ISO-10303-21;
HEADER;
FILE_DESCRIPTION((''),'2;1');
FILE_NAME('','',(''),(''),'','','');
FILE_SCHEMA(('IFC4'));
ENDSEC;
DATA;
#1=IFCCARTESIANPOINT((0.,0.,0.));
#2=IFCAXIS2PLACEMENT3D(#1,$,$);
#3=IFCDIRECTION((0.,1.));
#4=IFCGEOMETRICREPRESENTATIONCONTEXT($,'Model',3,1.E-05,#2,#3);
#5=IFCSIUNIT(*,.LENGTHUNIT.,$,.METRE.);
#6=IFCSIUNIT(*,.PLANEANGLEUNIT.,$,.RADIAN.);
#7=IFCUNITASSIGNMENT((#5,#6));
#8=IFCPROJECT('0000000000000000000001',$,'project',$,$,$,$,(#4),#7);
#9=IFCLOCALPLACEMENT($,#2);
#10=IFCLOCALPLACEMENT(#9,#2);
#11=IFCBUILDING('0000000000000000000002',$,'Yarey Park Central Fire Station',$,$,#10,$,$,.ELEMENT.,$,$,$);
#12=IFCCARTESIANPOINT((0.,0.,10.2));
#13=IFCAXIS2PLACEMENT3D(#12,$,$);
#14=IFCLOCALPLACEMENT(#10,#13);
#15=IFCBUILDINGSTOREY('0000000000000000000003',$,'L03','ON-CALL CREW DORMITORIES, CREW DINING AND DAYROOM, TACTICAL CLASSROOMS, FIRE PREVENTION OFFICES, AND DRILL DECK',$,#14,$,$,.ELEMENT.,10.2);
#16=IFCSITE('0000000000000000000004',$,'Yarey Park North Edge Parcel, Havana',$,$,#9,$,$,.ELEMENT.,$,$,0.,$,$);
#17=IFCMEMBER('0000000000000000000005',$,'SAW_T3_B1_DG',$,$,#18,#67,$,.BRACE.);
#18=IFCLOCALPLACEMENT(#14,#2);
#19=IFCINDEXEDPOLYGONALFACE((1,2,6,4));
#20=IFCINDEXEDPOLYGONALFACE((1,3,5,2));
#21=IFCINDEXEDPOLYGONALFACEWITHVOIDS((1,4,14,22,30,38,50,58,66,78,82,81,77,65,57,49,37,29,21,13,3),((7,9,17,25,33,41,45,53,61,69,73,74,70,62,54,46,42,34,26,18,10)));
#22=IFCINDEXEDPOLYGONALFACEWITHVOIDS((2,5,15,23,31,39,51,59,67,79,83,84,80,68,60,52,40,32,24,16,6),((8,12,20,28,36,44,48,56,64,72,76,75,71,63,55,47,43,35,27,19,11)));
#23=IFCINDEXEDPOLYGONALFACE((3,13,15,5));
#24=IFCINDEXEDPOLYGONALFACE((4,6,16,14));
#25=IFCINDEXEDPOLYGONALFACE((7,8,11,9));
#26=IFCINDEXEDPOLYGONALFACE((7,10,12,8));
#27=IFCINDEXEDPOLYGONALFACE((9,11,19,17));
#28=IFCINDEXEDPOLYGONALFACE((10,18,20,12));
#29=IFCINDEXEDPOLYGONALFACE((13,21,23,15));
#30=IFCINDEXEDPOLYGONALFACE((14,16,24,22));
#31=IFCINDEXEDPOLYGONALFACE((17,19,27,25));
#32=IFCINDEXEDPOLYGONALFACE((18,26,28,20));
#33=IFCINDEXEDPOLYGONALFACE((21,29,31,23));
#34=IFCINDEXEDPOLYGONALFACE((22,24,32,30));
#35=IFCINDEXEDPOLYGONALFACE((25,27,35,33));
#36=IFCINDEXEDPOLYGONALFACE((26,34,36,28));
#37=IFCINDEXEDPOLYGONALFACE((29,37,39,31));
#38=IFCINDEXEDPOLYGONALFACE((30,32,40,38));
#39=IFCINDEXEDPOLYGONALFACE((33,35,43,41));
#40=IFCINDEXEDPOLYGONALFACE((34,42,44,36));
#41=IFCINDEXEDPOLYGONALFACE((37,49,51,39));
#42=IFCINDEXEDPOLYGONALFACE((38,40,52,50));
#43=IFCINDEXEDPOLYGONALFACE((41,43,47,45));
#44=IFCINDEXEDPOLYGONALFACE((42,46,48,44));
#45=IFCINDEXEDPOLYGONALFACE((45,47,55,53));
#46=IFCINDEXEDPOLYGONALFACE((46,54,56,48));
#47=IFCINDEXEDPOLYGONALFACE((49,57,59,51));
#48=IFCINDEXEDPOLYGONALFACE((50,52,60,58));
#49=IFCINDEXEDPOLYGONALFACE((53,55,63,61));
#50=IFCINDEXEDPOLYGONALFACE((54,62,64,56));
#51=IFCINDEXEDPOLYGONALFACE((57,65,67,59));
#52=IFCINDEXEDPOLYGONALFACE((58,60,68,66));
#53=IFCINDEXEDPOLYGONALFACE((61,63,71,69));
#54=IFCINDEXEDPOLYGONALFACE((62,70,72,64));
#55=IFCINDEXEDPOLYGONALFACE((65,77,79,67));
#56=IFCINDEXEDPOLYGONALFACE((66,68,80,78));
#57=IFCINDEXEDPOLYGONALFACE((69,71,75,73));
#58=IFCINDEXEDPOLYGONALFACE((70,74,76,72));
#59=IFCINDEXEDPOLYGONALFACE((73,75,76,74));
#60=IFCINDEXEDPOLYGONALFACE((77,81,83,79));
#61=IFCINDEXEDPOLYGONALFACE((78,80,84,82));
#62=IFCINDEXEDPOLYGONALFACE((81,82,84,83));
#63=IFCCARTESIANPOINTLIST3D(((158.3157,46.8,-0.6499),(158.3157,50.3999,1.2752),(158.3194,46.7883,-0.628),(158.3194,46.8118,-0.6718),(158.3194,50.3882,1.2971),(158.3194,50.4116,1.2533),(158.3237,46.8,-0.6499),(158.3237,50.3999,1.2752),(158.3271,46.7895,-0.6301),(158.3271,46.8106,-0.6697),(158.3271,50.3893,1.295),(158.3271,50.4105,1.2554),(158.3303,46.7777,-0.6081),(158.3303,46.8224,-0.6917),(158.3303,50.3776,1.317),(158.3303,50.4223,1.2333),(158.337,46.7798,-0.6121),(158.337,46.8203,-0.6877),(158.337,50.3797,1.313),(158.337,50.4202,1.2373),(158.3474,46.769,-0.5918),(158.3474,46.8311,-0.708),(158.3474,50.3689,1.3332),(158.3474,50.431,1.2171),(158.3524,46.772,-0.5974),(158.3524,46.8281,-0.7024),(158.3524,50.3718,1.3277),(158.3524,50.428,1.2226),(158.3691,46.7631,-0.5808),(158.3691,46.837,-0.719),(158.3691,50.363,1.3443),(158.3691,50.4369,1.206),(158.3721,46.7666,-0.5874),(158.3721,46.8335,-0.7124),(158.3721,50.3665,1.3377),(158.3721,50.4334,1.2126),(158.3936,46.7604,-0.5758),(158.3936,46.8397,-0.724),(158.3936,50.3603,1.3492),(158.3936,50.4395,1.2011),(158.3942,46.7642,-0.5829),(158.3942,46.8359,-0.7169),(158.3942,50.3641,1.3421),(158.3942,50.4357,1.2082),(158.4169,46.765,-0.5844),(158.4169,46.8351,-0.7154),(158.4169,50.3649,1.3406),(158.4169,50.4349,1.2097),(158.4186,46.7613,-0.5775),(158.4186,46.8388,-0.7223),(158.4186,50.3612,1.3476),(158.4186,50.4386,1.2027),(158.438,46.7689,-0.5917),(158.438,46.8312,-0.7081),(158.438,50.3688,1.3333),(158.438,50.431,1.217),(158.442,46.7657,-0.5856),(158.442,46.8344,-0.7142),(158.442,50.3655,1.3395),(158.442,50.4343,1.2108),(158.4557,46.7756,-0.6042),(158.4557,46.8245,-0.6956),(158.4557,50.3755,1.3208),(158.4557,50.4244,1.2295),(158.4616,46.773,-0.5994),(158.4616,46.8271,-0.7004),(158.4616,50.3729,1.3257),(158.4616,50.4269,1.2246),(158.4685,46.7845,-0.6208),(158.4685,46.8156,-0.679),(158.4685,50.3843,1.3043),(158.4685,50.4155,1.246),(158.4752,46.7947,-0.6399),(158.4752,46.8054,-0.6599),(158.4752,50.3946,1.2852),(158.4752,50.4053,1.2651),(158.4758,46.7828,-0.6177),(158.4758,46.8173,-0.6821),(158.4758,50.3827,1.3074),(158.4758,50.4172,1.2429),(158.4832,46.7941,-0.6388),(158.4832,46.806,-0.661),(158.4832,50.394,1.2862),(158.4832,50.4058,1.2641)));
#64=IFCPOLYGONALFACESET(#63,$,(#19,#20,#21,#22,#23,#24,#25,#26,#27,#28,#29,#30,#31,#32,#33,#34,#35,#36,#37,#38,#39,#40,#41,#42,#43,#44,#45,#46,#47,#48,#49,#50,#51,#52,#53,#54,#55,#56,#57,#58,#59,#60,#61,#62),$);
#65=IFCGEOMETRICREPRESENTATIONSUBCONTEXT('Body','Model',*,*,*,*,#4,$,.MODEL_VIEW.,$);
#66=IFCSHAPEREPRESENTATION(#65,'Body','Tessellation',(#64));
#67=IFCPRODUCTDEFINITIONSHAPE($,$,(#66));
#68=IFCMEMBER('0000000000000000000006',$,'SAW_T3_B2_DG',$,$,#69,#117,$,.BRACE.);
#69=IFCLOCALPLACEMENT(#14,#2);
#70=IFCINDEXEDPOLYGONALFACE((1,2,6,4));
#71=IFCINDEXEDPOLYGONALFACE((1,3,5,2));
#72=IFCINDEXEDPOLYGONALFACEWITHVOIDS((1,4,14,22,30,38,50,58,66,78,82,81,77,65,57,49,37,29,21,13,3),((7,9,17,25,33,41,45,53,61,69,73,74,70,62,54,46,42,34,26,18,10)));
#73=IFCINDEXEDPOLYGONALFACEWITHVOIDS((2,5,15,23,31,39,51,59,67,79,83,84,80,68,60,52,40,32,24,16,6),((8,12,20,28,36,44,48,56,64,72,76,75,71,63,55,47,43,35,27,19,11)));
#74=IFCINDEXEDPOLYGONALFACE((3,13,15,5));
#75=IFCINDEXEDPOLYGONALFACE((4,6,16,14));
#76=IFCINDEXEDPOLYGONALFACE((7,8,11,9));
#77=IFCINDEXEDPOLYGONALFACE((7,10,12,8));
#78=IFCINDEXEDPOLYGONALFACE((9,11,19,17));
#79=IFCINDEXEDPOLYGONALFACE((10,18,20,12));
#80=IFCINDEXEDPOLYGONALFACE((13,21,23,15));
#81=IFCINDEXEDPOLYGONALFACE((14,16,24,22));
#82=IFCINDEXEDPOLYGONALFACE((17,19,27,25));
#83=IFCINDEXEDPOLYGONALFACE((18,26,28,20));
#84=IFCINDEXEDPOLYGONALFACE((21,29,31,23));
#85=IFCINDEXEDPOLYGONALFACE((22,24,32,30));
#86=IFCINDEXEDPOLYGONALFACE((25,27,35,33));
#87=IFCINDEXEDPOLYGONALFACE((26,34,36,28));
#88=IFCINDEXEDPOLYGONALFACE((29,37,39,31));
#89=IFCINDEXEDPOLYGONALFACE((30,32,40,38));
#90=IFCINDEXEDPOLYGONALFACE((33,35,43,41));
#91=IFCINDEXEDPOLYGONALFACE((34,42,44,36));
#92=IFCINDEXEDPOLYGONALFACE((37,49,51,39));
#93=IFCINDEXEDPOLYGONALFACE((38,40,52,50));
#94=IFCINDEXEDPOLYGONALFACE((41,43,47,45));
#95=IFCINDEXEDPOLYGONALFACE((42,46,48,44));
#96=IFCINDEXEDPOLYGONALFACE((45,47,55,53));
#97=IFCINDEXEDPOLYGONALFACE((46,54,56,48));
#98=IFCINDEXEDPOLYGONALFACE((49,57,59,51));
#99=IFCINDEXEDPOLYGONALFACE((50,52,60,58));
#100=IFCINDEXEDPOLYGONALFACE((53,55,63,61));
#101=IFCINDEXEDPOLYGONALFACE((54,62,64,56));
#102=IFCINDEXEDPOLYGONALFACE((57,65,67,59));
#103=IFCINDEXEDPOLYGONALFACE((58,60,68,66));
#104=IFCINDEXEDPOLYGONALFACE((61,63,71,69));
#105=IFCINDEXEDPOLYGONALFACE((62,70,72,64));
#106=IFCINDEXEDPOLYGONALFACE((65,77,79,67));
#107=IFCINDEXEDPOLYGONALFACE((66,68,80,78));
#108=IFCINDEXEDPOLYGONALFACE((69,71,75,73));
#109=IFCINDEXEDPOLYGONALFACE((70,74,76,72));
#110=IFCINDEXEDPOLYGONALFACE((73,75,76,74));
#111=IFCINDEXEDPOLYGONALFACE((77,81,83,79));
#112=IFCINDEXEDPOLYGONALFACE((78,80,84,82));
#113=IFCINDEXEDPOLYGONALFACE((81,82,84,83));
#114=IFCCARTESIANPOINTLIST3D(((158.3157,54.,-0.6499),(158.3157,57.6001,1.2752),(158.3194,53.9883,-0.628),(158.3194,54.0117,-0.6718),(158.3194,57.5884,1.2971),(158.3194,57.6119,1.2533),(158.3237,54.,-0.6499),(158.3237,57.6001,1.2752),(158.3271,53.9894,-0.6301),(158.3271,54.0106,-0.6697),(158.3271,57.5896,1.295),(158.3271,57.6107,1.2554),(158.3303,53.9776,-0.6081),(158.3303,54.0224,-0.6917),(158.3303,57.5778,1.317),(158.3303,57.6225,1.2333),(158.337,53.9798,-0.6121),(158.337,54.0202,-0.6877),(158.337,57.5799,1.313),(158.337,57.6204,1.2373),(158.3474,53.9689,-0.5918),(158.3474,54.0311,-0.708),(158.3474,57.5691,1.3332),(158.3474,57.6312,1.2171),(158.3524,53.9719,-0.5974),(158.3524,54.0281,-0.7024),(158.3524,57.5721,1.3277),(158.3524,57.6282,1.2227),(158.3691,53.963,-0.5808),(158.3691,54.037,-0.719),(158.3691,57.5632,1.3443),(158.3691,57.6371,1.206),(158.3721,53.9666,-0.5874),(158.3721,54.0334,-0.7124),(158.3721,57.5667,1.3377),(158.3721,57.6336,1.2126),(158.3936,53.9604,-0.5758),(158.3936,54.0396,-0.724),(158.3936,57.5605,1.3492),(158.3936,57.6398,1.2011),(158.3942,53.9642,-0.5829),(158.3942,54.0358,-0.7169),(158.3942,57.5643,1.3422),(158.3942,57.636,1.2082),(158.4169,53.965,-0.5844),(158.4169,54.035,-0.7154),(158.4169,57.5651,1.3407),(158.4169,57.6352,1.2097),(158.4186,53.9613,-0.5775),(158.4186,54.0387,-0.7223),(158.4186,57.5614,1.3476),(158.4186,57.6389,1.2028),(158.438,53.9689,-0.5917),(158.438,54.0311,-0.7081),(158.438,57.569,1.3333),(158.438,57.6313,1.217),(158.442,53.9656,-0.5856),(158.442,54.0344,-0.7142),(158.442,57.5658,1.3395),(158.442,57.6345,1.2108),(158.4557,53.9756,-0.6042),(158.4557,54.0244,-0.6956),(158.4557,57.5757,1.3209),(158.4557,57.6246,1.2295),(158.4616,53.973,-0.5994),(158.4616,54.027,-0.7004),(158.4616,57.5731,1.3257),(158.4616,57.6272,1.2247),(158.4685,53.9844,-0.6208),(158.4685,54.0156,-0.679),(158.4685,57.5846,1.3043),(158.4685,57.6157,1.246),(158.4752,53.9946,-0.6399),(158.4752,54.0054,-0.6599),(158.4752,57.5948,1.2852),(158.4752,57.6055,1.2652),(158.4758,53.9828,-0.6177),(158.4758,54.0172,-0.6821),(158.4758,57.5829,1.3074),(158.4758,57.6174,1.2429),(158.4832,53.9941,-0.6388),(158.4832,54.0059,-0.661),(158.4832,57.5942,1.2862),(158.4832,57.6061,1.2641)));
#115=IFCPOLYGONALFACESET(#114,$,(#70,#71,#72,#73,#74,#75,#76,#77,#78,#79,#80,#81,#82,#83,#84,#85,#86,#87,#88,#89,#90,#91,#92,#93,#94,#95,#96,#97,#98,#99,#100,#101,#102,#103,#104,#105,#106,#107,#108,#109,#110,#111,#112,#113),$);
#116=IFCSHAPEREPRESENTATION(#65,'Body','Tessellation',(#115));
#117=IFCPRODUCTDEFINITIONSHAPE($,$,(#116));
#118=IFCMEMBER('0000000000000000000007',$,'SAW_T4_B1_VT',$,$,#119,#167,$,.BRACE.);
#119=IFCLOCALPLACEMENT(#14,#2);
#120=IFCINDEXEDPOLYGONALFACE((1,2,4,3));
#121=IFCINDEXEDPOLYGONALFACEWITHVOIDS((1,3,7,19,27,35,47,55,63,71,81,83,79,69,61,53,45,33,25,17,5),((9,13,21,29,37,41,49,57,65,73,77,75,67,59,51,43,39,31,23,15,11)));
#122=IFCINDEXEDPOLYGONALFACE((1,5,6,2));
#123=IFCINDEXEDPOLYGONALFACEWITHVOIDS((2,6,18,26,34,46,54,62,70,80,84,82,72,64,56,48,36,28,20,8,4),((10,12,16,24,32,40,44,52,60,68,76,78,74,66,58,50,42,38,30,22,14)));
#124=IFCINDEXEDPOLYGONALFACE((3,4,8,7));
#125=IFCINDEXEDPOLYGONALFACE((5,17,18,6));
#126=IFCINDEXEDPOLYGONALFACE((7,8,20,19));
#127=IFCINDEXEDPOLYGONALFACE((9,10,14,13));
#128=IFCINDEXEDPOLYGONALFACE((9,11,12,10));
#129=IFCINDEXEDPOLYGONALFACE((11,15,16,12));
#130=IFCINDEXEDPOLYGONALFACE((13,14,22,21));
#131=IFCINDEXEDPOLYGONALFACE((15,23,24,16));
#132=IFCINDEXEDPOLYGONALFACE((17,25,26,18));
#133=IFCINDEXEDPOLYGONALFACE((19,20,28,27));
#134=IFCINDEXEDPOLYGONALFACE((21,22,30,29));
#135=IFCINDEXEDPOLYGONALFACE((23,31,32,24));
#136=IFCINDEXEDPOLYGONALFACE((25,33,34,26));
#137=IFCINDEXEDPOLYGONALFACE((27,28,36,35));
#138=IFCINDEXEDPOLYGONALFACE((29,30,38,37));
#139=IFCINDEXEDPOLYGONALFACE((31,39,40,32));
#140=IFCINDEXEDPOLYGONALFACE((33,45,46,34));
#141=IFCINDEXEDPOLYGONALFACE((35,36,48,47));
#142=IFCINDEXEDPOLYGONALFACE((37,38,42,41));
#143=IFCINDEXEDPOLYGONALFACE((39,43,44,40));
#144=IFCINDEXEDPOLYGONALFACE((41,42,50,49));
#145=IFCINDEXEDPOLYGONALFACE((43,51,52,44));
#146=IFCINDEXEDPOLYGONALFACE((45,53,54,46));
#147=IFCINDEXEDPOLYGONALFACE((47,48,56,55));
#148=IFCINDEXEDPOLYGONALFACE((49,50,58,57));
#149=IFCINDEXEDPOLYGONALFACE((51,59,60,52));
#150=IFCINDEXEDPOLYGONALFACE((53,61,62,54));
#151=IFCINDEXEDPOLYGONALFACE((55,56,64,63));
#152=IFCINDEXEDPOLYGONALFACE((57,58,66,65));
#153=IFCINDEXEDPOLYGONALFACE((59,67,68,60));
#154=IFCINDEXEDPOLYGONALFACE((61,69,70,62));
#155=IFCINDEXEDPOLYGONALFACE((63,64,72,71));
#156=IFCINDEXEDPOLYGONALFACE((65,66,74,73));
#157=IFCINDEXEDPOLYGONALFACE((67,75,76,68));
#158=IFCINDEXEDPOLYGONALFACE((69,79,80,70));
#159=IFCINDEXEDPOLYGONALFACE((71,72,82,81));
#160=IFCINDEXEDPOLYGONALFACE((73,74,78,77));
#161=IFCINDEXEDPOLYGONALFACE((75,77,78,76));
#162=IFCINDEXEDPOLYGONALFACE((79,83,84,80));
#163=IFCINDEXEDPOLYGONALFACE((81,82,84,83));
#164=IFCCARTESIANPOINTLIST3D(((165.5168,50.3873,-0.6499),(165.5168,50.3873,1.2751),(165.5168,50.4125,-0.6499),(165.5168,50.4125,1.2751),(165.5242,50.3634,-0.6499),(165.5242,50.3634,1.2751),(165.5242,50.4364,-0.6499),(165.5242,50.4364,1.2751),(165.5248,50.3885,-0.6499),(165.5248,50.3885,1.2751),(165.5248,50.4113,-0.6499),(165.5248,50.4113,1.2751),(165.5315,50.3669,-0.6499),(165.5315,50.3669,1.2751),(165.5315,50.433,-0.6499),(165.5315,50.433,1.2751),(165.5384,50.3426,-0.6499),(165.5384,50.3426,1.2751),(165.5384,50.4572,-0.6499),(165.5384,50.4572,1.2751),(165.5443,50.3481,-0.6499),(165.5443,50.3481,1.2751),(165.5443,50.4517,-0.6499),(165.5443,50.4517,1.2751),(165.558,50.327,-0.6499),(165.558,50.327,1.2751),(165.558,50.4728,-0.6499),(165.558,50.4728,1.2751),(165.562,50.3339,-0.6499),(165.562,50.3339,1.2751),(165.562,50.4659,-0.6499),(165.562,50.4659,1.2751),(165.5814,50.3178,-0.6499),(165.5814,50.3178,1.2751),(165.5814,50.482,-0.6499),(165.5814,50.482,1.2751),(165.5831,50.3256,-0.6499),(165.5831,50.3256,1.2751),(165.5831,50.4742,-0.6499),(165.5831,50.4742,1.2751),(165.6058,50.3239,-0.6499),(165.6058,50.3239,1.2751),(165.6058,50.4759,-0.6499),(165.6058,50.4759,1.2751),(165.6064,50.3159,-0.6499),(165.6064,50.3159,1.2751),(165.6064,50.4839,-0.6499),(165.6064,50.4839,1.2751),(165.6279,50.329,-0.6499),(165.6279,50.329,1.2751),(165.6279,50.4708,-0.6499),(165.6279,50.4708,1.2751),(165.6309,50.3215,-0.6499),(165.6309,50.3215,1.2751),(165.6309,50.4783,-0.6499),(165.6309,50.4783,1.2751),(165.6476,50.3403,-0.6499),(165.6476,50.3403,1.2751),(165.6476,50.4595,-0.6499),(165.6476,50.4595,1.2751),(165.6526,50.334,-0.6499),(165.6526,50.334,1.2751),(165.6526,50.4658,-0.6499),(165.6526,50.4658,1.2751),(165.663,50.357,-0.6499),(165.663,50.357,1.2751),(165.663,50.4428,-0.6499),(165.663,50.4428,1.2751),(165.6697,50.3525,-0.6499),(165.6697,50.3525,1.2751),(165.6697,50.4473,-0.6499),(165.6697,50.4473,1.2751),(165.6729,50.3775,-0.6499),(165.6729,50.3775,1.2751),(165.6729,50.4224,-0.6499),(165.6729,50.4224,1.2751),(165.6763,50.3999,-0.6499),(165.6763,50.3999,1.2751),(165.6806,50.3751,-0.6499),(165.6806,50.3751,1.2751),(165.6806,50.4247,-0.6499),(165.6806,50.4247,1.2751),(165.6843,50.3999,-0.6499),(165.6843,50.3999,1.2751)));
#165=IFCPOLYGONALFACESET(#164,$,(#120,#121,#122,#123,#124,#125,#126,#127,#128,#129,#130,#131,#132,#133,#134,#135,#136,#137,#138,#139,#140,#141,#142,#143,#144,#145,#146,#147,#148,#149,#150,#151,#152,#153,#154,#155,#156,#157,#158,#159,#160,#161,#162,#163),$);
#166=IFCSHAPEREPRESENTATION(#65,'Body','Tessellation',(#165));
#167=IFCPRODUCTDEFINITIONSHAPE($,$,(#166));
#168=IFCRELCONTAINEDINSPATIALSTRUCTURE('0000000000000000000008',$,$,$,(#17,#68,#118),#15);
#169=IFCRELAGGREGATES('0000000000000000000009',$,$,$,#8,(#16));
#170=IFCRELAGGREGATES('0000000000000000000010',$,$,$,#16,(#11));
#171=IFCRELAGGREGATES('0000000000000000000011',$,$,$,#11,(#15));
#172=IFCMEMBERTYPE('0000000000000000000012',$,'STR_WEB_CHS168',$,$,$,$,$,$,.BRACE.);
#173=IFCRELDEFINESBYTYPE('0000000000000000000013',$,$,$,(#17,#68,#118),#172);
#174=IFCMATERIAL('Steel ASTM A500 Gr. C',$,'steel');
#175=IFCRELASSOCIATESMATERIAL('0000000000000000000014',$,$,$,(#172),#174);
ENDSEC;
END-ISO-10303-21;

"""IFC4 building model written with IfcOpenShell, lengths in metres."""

from ifc_helpers import new_model, si_unit, direction, frame, origin, origin_2d, place, context, subcontext, project, spatial, hollow_circle, extrude, material, material_profile, profile_set, type_object, element, save


model = new_model("IFC4")

# Units and contexts
model_context = context("Model", 3, precision=1e-05, world=origin(), true_north=direction((0.0, 1.0)))
body_context = subcontext(model_context, "Body", "Model", "MODEL_VIEW")
ifc_project = project(units=[si_unit("LENGTHUNIT", "METRE"), si_unit("PLANEANGLEUNIT", "RADIAN")], contexts=[model_context])

# Site, building, storey
site_placement = place(None, origin())
site = spatial("IfcSite", under=ifc_project, at=site_placement, Name="Yarey Park North Edge Parcel, Havana", CompositionType="ELEMENT", RefElevation=0.0)
building_placement = place(site_placement, origin())
building = spatial("IfcBuilding", under=site, at=building_placement, Name="Yarey Park Central Fire Station", CompositionType="ELEMENT")
storey_placement = place(building_placement, frame((0.0, 0.0, 10.2)))
storey = spatial("IfcBuildingStorey", under=building, at=storey_placement, Name="L03", Description="ON-CALL CREW DORMITORIES, CREW DINING AND DAYROOM, TACTICAL CLASSROOMS, FIRE PREVENTION OFFICES, AND DRILL DECK", CompositionType="ELEMENT", Elevation=10.2)

# Shared definitions
ifc_material_1 = material(Name="Steel ASTM A500 Gr. C", Category="steel")

# Members
ifc_material_profile_1 = material_profile(ifc_material_1, hollow_circle(Radius=0.0842, WallThickness=0.0081, at=origin_2d()), Name="CHS 168.3x8")
ifc_profile_set_1 = profile_set([ifc_material_profile_1], Name="Steel ASTM A500 Gr. C")
member_type_1 = type_object("IfcMemberType", Name="STR_WEB_CHS168", PredefinedType="BRACE", material=ifc_profile_set_1)
member_1_placement = place(storey_placement, frame((158.3999, 46.8, -0.6499), z_axis=(0.0, 0.881831, 0.471566), x_axis=(-1.0, 0.0, 0.0)))
element("IfcMember", 1, at=member_1_placement, inside=storey, type_object=member_type_1, Name="SAW_T3_B1_DG", PredefinedType="BRACE", context=body_context, shape_type="SweptSolid", body=[
    extrude(hollow_circle(Radius=0.0842, WallThickness=0.0081, at=origin_2d()), origin(), (0.0, 0.0, 1.0), 4.0823),
])
member_2_placement = place(storey_placement, frame((158.3999, 54.0, -0.6499), z_axis=(0.0, 0.881844, 0.471541), x_axis=(-1.0, 0.0, 0.0)))
element("IfcMember", 2, at=member_2_placement, inside=storey, type_object=member_type_1, Name="SAW_T3_B2_DG", PredefinedType="BRACE", context=body_context, shape_type="SweptSolid", body=[
    extrude(hollow_circle(Radius=0.0842, WallThickness=0.0081, at=origin_2d()), origin(), (0.0, 0.0, 1.0), 4.0825),
])
member_3_placement = place(storey_placement, frame((165.6001, 50.3999, -0.6499), z_axis=(0.0, 0.0, 1.0), x_axis=(1.0, 0.0, 0.0)))
element("IfcMember", 3, at=member_3_placement, inside=storey, type_object=member_type_1, Name="SAW_T4_B1_VT", PredefinedType="BRACE", context=body_context, shape_type="SweptSolid", body=[
    extrude(hollow_circle(Radius=0.0842, WallThickness=0.0081, at=origin_2d()), origin(), (0.0, 0.0, 1.0), 1.925),
])

save(model, "model.ifc")
